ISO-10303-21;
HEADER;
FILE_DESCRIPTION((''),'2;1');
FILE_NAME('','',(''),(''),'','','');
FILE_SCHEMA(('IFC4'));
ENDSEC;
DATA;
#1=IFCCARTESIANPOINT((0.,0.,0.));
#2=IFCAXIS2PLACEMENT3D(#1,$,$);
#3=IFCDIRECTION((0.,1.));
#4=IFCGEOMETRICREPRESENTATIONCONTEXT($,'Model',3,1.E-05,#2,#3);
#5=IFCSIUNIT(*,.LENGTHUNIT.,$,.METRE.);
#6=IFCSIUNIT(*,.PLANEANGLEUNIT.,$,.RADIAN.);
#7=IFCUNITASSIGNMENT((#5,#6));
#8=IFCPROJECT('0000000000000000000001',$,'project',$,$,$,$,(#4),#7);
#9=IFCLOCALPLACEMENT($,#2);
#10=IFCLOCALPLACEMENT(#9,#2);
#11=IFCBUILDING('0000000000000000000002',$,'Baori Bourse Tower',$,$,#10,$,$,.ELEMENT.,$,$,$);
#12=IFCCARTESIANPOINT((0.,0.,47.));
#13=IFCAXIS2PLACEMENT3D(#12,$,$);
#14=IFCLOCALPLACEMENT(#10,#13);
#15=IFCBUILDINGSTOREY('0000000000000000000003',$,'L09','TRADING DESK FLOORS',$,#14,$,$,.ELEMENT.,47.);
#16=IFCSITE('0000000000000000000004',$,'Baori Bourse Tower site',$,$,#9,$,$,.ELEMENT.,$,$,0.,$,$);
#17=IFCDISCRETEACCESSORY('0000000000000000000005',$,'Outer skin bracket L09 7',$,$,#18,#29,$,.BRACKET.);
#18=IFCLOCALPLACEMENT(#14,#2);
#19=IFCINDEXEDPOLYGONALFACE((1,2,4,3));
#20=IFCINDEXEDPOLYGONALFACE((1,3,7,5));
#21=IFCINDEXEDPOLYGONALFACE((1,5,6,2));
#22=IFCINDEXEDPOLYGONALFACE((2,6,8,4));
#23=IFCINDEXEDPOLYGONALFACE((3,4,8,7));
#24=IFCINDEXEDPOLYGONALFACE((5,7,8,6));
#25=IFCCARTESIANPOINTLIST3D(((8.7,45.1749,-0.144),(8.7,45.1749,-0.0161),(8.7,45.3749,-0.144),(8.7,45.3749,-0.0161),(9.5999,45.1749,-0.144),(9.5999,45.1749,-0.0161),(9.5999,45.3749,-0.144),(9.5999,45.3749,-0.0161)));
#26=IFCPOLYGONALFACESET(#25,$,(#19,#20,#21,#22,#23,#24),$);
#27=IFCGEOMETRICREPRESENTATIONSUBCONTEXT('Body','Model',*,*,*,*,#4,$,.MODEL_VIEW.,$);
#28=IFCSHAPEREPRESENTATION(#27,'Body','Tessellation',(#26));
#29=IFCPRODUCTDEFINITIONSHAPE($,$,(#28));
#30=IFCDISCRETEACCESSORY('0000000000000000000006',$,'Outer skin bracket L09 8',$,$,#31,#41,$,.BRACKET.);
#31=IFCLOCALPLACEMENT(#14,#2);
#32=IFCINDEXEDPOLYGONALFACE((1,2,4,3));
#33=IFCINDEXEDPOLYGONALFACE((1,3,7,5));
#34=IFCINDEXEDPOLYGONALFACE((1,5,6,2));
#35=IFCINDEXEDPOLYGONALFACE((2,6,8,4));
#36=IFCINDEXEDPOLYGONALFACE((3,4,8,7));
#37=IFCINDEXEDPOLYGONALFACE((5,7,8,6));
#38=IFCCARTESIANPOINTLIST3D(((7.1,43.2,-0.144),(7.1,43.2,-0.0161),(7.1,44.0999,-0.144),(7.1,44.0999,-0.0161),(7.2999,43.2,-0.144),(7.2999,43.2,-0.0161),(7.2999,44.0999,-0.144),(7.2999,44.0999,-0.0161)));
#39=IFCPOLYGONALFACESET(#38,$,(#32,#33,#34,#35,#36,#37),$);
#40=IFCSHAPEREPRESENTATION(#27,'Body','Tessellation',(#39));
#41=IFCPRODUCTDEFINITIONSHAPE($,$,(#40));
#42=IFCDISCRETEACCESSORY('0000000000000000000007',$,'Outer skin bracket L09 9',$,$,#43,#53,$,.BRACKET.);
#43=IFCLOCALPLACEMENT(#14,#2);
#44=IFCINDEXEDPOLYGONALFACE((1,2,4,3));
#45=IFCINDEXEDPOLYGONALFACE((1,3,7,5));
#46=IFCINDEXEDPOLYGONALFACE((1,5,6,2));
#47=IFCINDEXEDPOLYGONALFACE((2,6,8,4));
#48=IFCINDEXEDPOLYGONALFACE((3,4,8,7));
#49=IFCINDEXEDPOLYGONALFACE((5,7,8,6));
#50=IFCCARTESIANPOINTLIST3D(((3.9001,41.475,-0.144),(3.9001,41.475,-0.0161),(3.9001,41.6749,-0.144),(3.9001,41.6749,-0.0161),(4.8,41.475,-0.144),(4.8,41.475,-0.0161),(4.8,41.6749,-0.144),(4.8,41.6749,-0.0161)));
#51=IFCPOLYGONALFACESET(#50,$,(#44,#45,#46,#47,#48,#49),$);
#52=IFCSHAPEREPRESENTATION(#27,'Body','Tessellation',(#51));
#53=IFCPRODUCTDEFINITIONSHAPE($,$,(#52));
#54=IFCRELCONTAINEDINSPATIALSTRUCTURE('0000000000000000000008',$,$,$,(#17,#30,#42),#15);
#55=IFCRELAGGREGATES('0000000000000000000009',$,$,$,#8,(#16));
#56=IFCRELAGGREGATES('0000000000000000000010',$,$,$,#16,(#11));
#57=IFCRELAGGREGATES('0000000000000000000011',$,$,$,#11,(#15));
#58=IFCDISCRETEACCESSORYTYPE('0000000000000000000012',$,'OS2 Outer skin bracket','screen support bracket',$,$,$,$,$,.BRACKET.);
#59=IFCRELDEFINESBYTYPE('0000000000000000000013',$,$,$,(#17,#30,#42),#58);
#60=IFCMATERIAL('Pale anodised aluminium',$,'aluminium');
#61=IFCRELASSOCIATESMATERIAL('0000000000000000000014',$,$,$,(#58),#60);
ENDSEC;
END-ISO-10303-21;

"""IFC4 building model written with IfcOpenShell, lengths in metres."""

from ifc_helpers import new_model, si_unit, direction, frame, origin, origin_2d, place, context, subcontext, project, spatial, rectangle, extrude, material, type_object, element, save


model = new_model("IFC4")

# Units and contexts
model_context = context("Model", 3, precision=1e-05, world=origin(), true_north=direction((0.0, 1.0)))
body_context = subcontext(model_context, "Body", "Model", "MODEL_VIEW")
ifc_project = project(units=[si_unit("LENGTHUNIT", "METRE"), si_unit("PLANEANGLEUNIT", "RADIAN")], contexts=[model_context])

# Site, building, storey
site_placement = place(None, origin())
site = spatial("IfcSite", under=ifc_project, at=site_placement, Name="Baori Bourse Tower site", CompositionType="ELEMENT", RefElevation=0.0)
building_placement = place(site_placement, origin())
building = spatial("IfcBuilding", under=site, at=building_placement, Name="Baori Bourse Tower", CompositionType="ELEMENT")
storey_placement = place(building_placement, frame((0.0, 0.0, 47.0)))
storey = spatial("IfcBuildingStorey", under=building, at=storey_placement, Name="L09", Description="TRADING DESK FLOORS", CompositionType="ELEMENT", Elevation=47.0)

# Discrete accessories
ifc_material_1 = material(Name="Pale anodised aluminium", Category="aluminium")
discrete_accessory_type = type_object("IfcDiscreteAccessoryType", Name="OS2 Outer skin bracket", Description="screen support bracket", PredefinedType="BRACKET", material=ifc_material_1)
for number, where, z_axis, x_axis, name in (
    (1, (9.1499, 45.2749, -0.144), (0.0, 0.0, 1.0), (0.0, -1.0, 0.0), "Outer skin bracket L09 7"),
    (2, (7.2, 43.6499, -0.144), (0.0, 0.0, 1.0), (-1.0, 0.0, 0.0), "Outer skin bracket L09 8"),
    (3, (4.3501, 41.575, -0.144), (0.0, 0.0, 1.0), (0.0, -1.0, 0.0), "Outer skin bracket L09 9"),
):
    element("IfcDiscreteAccessory", number, at=place(storey_placement, frame(where, z_axis=z_axis, x_axis=x_axis)), inside=storey, type_object=discrete_accessory_type, Name=name, PredefinedType="BRACKET", context=body_context, shape_type="SweptSolid", body=[
        extrude(rectangle(XDim=0.2, YDim=0.8999, at=origin_2d()), origin(), (0.0, 0.0, 1.0), 0.1279),
    ])

save(model, "model.ifc")
